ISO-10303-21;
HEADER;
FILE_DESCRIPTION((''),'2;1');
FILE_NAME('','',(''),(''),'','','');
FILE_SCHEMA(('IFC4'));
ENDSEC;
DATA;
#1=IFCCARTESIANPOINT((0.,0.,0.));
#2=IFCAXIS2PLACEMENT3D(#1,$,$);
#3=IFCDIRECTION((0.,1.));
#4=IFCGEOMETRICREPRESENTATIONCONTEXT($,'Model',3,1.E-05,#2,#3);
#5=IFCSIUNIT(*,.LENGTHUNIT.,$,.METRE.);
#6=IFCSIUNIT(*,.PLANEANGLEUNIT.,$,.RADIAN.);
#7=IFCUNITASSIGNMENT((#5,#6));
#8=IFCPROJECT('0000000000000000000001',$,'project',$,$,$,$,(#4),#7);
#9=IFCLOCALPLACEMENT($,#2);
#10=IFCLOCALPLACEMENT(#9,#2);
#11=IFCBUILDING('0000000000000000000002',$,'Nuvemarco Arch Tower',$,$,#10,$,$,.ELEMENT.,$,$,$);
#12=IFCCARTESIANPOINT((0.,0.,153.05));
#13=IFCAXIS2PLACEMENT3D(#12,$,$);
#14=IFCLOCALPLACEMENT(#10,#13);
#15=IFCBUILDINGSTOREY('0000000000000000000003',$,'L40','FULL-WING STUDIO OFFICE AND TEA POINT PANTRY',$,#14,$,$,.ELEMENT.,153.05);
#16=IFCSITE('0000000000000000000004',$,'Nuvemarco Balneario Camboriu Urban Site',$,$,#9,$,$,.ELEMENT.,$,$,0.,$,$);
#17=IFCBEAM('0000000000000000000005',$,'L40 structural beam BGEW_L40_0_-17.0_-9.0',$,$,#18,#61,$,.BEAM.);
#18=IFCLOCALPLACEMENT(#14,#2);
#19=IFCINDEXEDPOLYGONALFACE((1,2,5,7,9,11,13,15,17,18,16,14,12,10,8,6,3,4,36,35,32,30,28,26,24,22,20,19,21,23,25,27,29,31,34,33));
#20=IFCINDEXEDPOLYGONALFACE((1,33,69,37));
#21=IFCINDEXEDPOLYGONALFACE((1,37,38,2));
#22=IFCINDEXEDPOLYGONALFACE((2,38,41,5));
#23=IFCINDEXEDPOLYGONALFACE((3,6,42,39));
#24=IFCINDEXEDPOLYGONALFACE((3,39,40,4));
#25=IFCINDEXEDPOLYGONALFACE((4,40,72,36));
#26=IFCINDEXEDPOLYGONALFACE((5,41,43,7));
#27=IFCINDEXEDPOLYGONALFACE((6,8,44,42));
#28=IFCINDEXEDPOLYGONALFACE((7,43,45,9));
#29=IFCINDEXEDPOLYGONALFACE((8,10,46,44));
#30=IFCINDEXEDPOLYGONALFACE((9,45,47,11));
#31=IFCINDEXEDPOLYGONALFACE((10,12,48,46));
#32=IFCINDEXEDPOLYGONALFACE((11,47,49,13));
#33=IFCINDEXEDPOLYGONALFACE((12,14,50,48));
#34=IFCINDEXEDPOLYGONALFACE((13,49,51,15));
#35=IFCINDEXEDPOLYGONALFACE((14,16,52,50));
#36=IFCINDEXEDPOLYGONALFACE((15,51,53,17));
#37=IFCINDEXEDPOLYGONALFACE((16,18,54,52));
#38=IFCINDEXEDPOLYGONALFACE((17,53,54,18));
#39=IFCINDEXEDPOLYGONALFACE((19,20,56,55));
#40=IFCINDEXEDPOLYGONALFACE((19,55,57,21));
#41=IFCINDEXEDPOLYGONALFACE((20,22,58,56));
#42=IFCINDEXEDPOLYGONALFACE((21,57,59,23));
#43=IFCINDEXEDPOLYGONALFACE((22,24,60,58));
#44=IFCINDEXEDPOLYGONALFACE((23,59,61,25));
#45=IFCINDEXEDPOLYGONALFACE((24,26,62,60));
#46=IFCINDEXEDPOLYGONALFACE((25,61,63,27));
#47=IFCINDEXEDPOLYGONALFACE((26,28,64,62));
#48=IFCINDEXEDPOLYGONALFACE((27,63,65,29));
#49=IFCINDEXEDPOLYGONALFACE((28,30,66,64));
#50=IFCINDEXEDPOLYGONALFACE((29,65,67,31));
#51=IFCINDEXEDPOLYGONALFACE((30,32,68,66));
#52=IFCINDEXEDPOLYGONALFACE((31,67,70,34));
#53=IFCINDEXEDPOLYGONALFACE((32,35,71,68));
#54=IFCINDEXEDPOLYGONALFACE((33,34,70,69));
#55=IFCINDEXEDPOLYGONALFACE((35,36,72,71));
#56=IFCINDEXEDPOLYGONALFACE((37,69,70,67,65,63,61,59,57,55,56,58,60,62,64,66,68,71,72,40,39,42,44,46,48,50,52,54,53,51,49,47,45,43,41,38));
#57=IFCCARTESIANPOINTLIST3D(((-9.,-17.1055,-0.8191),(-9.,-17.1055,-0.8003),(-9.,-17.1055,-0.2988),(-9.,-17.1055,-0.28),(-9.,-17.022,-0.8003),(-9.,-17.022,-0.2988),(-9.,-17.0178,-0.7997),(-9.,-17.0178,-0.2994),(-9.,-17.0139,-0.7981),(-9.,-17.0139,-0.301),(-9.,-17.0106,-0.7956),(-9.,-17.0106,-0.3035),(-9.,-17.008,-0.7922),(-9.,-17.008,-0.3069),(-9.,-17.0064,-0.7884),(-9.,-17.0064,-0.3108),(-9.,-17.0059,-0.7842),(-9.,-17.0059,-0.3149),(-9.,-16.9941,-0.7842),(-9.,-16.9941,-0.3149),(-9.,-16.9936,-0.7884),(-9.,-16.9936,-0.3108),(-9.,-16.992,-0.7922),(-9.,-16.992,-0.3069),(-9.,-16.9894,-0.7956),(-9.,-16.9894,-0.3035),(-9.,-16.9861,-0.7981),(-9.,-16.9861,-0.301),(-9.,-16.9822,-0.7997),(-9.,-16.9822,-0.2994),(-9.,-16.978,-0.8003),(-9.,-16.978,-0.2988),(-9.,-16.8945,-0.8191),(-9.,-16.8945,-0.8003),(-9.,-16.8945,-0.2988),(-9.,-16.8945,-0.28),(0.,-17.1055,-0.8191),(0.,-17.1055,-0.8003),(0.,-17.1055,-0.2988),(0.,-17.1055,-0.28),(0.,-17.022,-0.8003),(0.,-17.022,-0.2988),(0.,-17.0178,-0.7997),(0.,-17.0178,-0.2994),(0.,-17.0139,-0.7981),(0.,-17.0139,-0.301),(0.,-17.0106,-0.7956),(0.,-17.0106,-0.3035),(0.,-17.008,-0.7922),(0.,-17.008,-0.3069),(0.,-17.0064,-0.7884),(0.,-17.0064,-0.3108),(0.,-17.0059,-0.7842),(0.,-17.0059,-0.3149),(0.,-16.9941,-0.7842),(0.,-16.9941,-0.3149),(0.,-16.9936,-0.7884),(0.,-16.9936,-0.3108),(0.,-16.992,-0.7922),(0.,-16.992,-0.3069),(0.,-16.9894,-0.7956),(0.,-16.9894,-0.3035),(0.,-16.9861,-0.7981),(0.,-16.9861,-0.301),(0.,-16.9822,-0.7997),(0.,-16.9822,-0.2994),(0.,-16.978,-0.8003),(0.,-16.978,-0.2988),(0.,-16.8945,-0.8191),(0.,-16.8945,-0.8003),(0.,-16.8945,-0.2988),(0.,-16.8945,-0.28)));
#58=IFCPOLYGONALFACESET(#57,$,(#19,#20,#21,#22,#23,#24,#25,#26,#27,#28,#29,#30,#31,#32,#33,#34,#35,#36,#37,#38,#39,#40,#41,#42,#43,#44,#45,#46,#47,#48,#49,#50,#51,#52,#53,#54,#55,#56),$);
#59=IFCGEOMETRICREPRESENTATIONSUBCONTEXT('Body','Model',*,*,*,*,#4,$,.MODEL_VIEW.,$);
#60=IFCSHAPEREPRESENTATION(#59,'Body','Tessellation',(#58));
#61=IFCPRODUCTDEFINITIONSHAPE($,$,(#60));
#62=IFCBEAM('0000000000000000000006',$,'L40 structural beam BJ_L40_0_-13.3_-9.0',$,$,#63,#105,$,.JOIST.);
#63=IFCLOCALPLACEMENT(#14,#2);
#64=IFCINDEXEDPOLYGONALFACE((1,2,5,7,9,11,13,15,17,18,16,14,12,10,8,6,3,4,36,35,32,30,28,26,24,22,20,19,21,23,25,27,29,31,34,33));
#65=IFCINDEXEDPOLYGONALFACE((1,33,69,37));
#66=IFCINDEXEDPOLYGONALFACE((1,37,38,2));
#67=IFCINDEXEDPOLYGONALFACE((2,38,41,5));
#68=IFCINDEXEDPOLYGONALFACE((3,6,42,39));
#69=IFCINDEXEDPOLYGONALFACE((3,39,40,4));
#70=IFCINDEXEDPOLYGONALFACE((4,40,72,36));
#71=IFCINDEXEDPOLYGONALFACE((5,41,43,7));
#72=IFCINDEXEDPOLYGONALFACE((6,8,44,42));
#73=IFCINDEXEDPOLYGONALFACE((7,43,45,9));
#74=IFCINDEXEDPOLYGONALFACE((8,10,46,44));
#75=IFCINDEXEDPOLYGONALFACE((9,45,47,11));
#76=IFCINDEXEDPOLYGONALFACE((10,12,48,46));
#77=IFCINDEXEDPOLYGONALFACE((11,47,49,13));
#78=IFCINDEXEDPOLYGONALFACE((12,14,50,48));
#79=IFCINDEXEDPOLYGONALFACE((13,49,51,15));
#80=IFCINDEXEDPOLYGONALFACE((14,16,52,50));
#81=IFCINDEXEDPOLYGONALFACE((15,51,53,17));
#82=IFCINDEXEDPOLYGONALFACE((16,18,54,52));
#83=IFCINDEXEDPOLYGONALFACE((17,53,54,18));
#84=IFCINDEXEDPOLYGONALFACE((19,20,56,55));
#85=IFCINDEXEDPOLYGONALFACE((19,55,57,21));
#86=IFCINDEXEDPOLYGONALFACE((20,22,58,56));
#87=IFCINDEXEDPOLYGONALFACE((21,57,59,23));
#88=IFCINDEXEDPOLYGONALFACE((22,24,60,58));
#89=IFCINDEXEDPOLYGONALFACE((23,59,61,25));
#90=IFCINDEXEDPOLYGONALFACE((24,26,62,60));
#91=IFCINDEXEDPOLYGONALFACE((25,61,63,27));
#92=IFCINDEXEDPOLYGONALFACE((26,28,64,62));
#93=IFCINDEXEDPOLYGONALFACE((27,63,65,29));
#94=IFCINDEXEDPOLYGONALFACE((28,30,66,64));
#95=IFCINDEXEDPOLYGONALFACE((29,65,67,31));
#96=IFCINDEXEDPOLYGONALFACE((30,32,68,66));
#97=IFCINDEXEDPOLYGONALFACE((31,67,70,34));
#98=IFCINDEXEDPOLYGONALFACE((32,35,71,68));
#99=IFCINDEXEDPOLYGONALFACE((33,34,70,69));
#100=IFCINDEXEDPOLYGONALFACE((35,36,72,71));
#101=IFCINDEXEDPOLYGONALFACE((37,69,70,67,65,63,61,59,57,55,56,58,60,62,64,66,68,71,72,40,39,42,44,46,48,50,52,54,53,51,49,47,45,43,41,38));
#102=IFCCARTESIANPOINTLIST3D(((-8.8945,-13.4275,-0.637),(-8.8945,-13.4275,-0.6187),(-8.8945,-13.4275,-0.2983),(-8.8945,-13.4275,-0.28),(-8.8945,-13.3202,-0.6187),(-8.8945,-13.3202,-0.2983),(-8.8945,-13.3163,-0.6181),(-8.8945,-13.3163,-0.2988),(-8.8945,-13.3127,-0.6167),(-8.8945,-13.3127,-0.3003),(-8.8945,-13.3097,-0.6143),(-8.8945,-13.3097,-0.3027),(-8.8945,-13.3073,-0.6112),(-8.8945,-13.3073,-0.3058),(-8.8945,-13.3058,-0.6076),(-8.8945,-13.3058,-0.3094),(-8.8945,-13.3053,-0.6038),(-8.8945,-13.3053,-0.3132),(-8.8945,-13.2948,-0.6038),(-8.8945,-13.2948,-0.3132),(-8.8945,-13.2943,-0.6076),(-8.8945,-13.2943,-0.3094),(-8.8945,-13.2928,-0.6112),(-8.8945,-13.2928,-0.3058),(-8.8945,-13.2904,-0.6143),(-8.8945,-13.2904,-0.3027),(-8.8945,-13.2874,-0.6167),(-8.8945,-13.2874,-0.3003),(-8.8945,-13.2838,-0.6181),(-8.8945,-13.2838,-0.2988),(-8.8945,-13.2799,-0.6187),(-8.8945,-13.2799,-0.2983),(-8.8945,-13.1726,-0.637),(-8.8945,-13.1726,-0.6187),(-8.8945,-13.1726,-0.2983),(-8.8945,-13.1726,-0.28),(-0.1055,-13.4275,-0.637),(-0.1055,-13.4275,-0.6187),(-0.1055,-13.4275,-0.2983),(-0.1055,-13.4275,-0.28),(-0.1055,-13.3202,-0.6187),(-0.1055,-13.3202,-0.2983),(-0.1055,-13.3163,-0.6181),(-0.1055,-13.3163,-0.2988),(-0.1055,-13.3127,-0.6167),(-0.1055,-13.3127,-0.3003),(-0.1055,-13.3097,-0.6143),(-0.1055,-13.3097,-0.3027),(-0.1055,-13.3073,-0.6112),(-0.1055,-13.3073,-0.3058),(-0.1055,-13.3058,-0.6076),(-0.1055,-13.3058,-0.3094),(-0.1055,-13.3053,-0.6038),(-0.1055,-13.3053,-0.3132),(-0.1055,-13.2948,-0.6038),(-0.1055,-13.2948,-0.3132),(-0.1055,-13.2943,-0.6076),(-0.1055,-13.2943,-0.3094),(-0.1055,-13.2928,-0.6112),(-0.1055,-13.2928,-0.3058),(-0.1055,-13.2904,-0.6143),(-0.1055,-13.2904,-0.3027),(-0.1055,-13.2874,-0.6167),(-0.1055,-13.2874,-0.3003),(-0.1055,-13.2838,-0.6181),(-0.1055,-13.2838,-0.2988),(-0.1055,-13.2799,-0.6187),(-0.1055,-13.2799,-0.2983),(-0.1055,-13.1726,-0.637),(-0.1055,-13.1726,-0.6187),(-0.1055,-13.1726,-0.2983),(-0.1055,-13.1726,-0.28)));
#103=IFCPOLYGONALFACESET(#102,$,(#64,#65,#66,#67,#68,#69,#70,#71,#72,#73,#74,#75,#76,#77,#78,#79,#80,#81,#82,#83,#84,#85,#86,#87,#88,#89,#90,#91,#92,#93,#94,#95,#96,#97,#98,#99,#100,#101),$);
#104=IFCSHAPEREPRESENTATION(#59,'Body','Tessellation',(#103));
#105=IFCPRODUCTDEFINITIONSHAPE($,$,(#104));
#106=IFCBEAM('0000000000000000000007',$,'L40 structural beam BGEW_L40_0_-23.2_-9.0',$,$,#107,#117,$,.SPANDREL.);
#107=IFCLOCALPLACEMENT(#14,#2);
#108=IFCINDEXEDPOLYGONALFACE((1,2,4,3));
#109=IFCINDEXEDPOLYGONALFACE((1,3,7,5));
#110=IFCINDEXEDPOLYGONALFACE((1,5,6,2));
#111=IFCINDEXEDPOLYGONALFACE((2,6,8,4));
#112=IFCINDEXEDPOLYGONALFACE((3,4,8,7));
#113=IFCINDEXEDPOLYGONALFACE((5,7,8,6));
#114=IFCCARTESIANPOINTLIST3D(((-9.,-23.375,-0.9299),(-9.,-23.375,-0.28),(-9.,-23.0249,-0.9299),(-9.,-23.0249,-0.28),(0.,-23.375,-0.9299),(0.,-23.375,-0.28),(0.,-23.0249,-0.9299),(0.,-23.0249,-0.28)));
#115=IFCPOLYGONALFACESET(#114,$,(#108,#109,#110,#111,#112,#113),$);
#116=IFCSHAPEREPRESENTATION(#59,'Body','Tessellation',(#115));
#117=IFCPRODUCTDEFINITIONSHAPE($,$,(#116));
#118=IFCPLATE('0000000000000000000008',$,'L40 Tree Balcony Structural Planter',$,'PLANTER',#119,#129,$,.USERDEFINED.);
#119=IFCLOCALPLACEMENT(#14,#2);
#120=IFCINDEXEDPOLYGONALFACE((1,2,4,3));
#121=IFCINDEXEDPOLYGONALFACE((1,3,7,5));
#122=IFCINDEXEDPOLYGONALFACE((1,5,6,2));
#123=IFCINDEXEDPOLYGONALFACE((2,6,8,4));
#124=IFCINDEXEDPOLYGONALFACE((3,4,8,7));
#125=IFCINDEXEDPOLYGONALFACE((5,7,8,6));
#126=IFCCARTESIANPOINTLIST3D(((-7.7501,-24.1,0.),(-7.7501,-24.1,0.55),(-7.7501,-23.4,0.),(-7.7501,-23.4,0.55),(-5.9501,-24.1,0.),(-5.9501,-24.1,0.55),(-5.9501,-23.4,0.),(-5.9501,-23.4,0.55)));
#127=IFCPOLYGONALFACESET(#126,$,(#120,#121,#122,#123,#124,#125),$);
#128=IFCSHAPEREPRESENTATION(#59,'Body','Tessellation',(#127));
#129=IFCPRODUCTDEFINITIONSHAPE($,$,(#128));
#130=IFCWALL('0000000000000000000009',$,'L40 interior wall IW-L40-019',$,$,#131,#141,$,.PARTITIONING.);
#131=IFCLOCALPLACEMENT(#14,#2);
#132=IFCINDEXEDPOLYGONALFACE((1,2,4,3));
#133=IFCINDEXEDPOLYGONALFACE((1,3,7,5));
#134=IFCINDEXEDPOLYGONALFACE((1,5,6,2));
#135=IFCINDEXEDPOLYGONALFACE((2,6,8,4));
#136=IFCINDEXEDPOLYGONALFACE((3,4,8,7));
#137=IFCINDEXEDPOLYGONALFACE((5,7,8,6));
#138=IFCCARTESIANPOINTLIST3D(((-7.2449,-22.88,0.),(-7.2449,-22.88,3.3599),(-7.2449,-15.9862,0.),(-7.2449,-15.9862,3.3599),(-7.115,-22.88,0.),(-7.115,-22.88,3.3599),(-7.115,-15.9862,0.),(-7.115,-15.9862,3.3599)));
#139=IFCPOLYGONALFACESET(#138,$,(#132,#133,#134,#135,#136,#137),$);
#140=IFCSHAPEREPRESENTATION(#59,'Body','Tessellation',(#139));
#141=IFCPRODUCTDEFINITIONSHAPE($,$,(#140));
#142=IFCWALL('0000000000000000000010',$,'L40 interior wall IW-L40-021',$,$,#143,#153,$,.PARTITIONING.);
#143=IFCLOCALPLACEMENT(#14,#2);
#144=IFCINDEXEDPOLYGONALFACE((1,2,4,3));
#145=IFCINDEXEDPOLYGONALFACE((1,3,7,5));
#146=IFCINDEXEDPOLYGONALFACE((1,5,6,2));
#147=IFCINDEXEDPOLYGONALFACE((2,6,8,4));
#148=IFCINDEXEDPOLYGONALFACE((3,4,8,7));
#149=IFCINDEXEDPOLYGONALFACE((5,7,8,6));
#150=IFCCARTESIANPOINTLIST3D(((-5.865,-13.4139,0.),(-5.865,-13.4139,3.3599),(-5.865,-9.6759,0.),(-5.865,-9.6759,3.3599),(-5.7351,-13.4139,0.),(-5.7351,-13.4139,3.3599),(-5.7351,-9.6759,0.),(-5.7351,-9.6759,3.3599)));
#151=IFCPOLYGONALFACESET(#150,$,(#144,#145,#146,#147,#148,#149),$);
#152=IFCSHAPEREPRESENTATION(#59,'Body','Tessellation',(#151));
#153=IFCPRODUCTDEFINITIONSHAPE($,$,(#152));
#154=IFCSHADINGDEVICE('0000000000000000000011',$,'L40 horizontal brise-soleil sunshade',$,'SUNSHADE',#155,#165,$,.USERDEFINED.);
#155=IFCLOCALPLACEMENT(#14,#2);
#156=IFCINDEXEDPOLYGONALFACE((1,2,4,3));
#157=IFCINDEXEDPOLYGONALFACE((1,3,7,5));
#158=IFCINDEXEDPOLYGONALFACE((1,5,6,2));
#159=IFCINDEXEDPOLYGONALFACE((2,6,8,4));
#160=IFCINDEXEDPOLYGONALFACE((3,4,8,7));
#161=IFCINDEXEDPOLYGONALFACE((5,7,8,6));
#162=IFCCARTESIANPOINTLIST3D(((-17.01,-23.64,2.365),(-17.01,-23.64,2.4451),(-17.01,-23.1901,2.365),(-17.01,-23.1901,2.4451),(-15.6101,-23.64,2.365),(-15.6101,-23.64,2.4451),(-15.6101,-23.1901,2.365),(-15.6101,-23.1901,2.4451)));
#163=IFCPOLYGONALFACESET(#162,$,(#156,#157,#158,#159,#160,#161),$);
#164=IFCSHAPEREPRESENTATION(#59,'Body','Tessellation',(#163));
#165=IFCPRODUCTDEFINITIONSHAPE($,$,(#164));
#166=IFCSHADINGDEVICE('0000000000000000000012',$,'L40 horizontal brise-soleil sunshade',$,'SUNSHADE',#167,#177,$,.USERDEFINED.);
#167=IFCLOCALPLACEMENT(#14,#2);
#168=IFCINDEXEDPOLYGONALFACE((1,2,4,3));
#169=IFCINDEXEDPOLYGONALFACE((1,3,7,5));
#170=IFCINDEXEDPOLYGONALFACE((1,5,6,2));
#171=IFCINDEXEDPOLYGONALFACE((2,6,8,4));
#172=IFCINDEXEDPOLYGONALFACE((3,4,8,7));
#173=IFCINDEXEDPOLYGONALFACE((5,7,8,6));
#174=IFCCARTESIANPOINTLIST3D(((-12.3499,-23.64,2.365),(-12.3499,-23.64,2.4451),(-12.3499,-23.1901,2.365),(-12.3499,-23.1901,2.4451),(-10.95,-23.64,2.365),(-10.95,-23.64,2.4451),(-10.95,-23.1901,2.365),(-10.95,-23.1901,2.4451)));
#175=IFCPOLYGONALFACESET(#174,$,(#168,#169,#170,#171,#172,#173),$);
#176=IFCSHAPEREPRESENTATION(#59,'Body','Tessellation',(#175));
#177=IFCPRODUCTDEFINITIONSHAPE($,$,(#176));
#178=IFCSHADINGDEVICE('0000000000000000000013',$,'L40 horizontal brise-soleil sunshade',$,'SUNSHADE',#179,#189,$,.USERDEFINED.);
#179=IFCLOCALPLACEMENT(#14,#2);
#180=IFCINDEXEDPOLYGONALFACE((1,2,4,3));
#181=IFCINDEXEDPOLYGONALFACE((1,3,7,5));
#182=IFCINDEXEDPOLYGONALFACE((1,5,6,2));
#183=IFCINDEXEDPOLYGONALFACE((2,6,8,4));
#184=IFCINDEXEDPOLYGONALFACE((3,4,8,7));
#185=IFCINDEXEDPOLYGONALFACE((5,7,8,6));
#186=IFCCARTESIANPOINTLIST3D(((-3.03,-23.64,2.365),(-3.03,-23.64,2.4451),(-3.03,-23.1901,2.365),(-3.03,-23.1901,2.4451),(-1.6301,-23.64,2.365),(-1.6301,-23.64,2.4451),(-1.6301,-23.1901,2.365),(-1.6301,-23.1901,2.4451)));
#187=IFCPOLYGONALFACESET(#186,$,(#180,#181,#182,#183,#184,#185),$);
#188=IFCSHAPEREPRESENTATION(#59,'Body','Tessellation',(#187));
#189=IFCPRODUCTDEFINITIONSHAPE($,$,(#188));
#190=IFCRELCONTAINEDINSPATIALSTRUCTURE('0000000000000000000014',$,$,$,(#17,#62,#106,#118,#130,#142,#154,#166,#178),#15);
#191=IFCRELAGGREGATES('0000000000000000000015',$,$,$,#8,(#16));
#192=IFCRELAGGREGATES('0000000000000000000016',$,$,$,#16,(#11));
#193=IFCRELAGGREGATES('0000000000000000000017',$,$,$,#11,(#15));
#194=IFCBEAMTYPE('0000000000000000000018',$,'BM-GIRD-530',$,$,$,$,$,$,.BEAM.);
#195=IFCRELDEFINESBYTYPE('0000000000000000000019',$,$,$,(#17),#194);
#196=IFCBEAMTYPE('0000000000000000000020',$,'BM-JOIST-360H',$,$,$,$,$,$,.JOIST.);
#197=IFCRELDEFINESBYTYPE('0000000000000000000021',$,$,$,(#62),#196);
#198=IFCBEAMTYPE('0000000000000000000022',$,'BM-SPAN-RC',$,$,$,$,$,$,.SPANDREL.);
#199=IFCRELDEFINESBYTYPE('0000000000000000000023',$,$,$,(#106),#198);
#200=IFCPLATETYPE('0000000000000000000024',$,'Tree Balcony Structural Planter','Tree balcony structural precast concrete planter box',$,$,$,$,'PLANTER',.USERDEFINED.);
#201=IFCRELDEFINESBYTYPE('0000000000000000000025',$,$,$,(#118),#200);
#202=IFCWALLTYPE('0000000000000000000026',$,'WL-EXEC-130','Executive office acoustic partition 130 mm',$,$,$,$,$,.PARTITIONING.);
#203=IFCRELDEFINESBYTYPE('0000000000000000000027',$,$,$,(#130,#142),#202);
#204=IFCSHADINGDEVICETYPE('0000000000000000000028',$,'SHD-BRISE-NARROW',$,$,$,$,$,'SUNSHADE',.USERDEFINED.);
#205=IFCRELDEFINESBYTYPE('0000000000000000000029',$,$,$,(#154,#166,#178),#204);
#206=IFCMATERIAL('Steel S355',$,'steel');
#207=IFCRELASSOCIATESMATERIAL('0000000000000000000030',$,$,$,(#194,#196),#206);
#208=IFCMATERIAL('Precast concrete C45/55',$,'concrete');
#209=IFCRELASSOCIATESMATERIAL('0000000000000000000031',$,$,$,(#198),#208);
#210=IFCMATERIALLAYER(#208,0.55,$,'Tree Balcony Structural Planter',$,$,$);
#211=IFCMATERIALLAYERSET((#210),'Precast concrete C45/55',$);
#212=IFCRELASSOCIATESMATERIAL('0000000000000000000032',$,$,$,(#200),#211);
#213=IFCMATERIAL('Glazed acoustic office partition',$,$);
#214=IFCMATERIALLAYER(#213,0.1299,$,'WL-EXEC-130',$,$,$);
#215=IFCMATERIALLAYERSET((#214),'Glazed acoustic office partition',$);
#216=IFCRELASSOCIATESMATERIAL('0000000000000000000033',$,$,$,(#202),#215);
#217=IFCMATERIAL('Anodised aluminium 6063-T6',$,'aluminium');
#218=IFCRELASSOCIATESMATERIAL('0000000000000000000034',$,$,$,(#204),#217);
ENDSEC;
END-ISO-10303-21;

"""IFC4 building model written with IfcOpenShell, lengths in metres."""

from ifc_helpers import new_model, si_unit, direction, frame, frame_2d, origin, origin_2d, place, context, subcontext, project, spatial, rectangle, i_section, extrude, source, transform, mapped, material, layer, layer_set, material_profile, profile_set, type_object, type_shapes, element, save


model = new_model("IFC4")

# Units and contexts
model_context = context("Model", 3, precision=1e-05, world=origin(), true_north=direction((0.0, 1.0)))
body_context = subcontext(model_context, "Body", "Model", "MODEL_VIEW")
ifc_project = project(units=[si_unit("LENGTHUNIT", "METRE"), si_unit("PLANEANGLEUNIT", "RADIAN")], contexts=[model_context])

# Site, building, storey
site_placement = place(None, origin())
site = spatial("IfcSite", under=ifc_project, at=site_placement, Name="Nuvemarco Balneario Camboriu Urban Site", CompositionType="ELEMENT", RefElevation=0.0)
building_placement = place(site_placement, origin())
building = spatial("IfcBuilding", under=site, at=building_placement, Name="Nuvemarco Arch Tower", CompositionType="ELEMENT")
storey_placement = place(building_placement, frame((0.0, 0.0, 153.05)))
storey = spatial("IfcBuildingStorey", under=building, at=storey_placement, Name="L40", Description="FULL-WING STUDIO OFFICE AND TEA POINT PANTRY", CompositionType="ELEMENT", Elevation=153.05)

# Shared definitions
ifc_material_1 = material(Name="Steel S355", Category="steel")

# Beams
ifc_material_profile_1 = material_profile(ifc_material_1, i_section(OverallWidth=0.2109, OverallDepth=0.5391, WebThickness=0.0117, FlangeThickness=0.0188, FilletRadius=0.0161, at=origin_2d()), Name="W530x109")
ifc_profile_set_1 = profile_set([ifc_material_profile_1], Name="Steel S355")
beam_type_1 = type_object("IfcBeamType", Name="BM-GIRD-530", PredefinedType="BEAM", material=ifc_profile_set_1)
beam_1_placement = place(storey_placement, frame((-9.0, -17.0, -0.5496), z_axis=(1.0, 0.0, 0.0), x_axis=(0.0, 1.0, 0.0)))
element("IfcBeam", 1, at=beam_1_placement, inside=storey, type_object=beam_type_1, Name="L40 structural beam BGEW_L40_0_-17.0_-9.0", PredefinedType="BEAM", context=body_context, shape_type="SweptSolid", body=[
    extrude(i_section(OverallWidth=0.2109, OverallDepth=0.5391, WebThickness=0.0117, FlangeThickness=0.0188, FilletRadius=0.0161, at=origin_2d()), origin(), (0.0, 0.0, 1.0), 9.0),
])
ifc_material_profile_2 = material_profile(ifc_material_1, i_section(OverallWidth=0.2549, OverallDepth=0.3569, WebThickness=0.0105, FlangeThickness=0.0183, FilletRadius=0.0149, at=origin_2d()), Name="W360x101")
ifc_profile_set_2 = profile_set([ifc_material_profile_2], Name="Steel S355")
beam_type_2 = type_object("IfcBeamType", Name="BM-JOIST-360H", PredefinedType="JOIST", material=ifc_profile_set_2)
beam_2_placement = place(storey_placement, frame((-8.8945, -13.3, -0.4585), z_axis=(1.0, 0.0, 0.0), x_axis=(0.0, 1.0, 0.0)))
element("IfcBeam", 2, at=beam_2_placement, inside=storey, type_object=beam_type_2, Name="L40 structural beam BJ_L40_0_-13.3_-9.0", PredefinedType="JOIST", context=body_context, shape_type="SweptSolid", body=[
    extrude(i_section(OverallWidth=0.2549, OverallDepth=0.3569, WebThickness=0.0105, FlangeThickness=0.0183, FilletRadius=0.0149, at=origin_2d()), origin(), (0.0, 0.0, 1.0), 8.7891),
])
ifc_material_2 = material(Name="Precast concrete C45/55", Category="concrete")
ifc_material_profile_3 = material_profile(ifc_material_2, rectangle(XDim=0.3501, YDim=0.6499, at=origin_2d()), Name="PC-SP-350x650")
ifc_profile_set_3 = profile_set([ifc_material_profile_3], Name="Precast concrete C45/55")
beam_type_3 = type_object("IfcBeamType", Name="BM-SPAN-RC", PredefinedType="SPANDREL", material=ifc_profile_set_3)
beam_3_placement = place(storey_placement, frame((-9.0, -23.2, -0.605), z_axis=(1.0, 0.0, 0.0), x_axis=(0.0, 1.0, 0.0)))
element("IfcBeam", 3, at=beam_3_placement, inside=storey, type_object=beam_type_3, Name="L40 structural beam BGEW_L40_0_-23.2_-9.0", PredefinedType="SPANDREL", context=body_context, shape_type="SweptSolid", body=[
    extrude(rectangle(XDim=0.3501, YDim=0.6499, at=origin_2d()), origin(), (0.0, 0.0, 1.0), 9.0),
])

# Plate
ifc_layer_1 = layer(ifc_material_2, 0.55, Name="Tree Balcony Structural Planter")
ifc_layer_set_1 = layer_set([ifc_layer_1], Name="Precast concrete C45/55")
plate_type = type_object("IfcPlateType", Name="Tree Balcony Structural Planter", Description="Tree balcony structural precast concrete planter box", ElementType="PLANTER", PredefinedType="USERDEFINED", material=ifc_layer_set_1)
shared_shape_1 = source(origin(), body_context, "Body", "SweptSolid", [
    extrude(rectangle(XDim=1.8, YDim=0.7, at=origin_2d()), origin(), (0.0, 0.0, 1.0), 0.55),
])
type_shapes(plate_type, [shared_shape_1])
plate_placement = place(storey_placement, frame((-6.8501, -23.75, 0.0), z_axis=(0.0, 0.0, 1.0), x_axis=(1.0, 0.0, 0.0)))
element("IfcPlate", 4, at=plate_placement, inside=storey, type_object=plate_type, Name="L40 Tree Balcony Structural Planter", ObjectType="PLANTER", PredefinedType="USERDEFINED", context=body_context, shape_type="MappedRepresentation", body=[
    mapped(shared_shape_1, transform((0.0, 0.0, 0.0), scale=1.0)),
])

# Walls
ifc_material_3 = material(Name="Glazed acoustic office partition")
ifc_layer_2 = layer(ifc_material_3, 0.1299, Name="WL-EXEC-130")
ifc_layer_set_2 = layer_set([ifc_layer_2], Name="Glazed acoustic office partition")
wall_type = type_object("IfcWallType", Name="WL-EXEC-130", Description="Executive office acoustic partition 130 mm", PredefinedType="PARTITIONING", material=ifc_layer_set_2)
wall_1_placement = place(storey_placement, frame((-7.1799, -22.8799, 0.0), z_axis=(0.0, 0.0, 1.0), x_axis=(0.0, 1.0, 0.0)))
element("IfcWall", 5, at=wall_1_placement, inside=storey, type_object=wall_type, Name="L40 interior wall IW-L40-019", PredefinedType="PARTITIONING", context=body_context, shape_type="SweptSolid", body=[
    extrude(rectangle(XDim=6.8938, YDim=0.1299, at=frame_2d((3.4468, 0.0))), origin(), (0.0, 0.0, 1.0), 3.3599),
])
wall_2_placement = place(storey_placement, frame((-5.8, -13.4141, 0.0), z_axis=(0.0, 0.0, 1.0), x_axis=(0.0, 1.0, 0.0)))
element("IfcWall", 6, at=wall_2_placement, inside=storey, type_object=wall_type, Name="L40 interior wall IW-L40-021", PredefinedType="PARTITIONING", context=body_context, shape_type="SweptSolid", body=[
    extrude(rectangle(XDim=3.738, YDim=0.1299, at=frame_2d((1.8691, 0.0))), origin(), (0.0, 0.0, 1.0), 3.3599),
])

# Shading devices
ifc_material_4 = material(Name="Anodised aluminium 6063-T6", Category="aluminium")
shading_device_type = type_object("IfcShadingDeviceType", Name="SHD-BRISE-NARROW", ElementType="SUNSHADE", PredefinedType="USERDEFINED", material=ifc_material_4)
shared_shape_2 = source(origin(), body_context, "Body", "SweptSolid", [
    extrude(rectangle(XDim=1.3999, YDim=0.45, at=origin_2d()), origin(), (0.0, 0.0, 1.0), 0.0801),
])
type_shapes(shading_device_type, [shared_shape_2])
for number, where, z_axis, x_axis, name in (
    (7, (-16.3101, -23.415, 2.365), (0.0, 0.0, 1.0), (1.0, 0.0, 0.0), "L40 horizontal brise-soleil sunshade"),
    (8, (-11.6499, -23.415, 2.365), (0.0, 0.0, 1.0), (1.0, 0.0, 0.0), "L40 horizontal brise-soleil sunshade"),
    (9, (-2.3301, -23.415, 2.365), (0.0, 0.0, 1.0), (1.0, 0.0, 0.0), "L40 horizontal brise-soleil sunshade"),
):
    element("IfcShadingDevice", number, at=place(storey_placement, frame(where, z_axis=z_axis, x_axis=x_axis)), inside=storey, type_object=shading_device_type, Name=name, ObjectType="SUNSHADE", PredefinedType="USERDEFINED", context=body_context, shape_type="MappedRepresentation", body=[
        mapped(shared_shape_2, transform((0.0, 0.0, 0.0), scale=1.0)),
    ])

save(model, "model.ifc")
